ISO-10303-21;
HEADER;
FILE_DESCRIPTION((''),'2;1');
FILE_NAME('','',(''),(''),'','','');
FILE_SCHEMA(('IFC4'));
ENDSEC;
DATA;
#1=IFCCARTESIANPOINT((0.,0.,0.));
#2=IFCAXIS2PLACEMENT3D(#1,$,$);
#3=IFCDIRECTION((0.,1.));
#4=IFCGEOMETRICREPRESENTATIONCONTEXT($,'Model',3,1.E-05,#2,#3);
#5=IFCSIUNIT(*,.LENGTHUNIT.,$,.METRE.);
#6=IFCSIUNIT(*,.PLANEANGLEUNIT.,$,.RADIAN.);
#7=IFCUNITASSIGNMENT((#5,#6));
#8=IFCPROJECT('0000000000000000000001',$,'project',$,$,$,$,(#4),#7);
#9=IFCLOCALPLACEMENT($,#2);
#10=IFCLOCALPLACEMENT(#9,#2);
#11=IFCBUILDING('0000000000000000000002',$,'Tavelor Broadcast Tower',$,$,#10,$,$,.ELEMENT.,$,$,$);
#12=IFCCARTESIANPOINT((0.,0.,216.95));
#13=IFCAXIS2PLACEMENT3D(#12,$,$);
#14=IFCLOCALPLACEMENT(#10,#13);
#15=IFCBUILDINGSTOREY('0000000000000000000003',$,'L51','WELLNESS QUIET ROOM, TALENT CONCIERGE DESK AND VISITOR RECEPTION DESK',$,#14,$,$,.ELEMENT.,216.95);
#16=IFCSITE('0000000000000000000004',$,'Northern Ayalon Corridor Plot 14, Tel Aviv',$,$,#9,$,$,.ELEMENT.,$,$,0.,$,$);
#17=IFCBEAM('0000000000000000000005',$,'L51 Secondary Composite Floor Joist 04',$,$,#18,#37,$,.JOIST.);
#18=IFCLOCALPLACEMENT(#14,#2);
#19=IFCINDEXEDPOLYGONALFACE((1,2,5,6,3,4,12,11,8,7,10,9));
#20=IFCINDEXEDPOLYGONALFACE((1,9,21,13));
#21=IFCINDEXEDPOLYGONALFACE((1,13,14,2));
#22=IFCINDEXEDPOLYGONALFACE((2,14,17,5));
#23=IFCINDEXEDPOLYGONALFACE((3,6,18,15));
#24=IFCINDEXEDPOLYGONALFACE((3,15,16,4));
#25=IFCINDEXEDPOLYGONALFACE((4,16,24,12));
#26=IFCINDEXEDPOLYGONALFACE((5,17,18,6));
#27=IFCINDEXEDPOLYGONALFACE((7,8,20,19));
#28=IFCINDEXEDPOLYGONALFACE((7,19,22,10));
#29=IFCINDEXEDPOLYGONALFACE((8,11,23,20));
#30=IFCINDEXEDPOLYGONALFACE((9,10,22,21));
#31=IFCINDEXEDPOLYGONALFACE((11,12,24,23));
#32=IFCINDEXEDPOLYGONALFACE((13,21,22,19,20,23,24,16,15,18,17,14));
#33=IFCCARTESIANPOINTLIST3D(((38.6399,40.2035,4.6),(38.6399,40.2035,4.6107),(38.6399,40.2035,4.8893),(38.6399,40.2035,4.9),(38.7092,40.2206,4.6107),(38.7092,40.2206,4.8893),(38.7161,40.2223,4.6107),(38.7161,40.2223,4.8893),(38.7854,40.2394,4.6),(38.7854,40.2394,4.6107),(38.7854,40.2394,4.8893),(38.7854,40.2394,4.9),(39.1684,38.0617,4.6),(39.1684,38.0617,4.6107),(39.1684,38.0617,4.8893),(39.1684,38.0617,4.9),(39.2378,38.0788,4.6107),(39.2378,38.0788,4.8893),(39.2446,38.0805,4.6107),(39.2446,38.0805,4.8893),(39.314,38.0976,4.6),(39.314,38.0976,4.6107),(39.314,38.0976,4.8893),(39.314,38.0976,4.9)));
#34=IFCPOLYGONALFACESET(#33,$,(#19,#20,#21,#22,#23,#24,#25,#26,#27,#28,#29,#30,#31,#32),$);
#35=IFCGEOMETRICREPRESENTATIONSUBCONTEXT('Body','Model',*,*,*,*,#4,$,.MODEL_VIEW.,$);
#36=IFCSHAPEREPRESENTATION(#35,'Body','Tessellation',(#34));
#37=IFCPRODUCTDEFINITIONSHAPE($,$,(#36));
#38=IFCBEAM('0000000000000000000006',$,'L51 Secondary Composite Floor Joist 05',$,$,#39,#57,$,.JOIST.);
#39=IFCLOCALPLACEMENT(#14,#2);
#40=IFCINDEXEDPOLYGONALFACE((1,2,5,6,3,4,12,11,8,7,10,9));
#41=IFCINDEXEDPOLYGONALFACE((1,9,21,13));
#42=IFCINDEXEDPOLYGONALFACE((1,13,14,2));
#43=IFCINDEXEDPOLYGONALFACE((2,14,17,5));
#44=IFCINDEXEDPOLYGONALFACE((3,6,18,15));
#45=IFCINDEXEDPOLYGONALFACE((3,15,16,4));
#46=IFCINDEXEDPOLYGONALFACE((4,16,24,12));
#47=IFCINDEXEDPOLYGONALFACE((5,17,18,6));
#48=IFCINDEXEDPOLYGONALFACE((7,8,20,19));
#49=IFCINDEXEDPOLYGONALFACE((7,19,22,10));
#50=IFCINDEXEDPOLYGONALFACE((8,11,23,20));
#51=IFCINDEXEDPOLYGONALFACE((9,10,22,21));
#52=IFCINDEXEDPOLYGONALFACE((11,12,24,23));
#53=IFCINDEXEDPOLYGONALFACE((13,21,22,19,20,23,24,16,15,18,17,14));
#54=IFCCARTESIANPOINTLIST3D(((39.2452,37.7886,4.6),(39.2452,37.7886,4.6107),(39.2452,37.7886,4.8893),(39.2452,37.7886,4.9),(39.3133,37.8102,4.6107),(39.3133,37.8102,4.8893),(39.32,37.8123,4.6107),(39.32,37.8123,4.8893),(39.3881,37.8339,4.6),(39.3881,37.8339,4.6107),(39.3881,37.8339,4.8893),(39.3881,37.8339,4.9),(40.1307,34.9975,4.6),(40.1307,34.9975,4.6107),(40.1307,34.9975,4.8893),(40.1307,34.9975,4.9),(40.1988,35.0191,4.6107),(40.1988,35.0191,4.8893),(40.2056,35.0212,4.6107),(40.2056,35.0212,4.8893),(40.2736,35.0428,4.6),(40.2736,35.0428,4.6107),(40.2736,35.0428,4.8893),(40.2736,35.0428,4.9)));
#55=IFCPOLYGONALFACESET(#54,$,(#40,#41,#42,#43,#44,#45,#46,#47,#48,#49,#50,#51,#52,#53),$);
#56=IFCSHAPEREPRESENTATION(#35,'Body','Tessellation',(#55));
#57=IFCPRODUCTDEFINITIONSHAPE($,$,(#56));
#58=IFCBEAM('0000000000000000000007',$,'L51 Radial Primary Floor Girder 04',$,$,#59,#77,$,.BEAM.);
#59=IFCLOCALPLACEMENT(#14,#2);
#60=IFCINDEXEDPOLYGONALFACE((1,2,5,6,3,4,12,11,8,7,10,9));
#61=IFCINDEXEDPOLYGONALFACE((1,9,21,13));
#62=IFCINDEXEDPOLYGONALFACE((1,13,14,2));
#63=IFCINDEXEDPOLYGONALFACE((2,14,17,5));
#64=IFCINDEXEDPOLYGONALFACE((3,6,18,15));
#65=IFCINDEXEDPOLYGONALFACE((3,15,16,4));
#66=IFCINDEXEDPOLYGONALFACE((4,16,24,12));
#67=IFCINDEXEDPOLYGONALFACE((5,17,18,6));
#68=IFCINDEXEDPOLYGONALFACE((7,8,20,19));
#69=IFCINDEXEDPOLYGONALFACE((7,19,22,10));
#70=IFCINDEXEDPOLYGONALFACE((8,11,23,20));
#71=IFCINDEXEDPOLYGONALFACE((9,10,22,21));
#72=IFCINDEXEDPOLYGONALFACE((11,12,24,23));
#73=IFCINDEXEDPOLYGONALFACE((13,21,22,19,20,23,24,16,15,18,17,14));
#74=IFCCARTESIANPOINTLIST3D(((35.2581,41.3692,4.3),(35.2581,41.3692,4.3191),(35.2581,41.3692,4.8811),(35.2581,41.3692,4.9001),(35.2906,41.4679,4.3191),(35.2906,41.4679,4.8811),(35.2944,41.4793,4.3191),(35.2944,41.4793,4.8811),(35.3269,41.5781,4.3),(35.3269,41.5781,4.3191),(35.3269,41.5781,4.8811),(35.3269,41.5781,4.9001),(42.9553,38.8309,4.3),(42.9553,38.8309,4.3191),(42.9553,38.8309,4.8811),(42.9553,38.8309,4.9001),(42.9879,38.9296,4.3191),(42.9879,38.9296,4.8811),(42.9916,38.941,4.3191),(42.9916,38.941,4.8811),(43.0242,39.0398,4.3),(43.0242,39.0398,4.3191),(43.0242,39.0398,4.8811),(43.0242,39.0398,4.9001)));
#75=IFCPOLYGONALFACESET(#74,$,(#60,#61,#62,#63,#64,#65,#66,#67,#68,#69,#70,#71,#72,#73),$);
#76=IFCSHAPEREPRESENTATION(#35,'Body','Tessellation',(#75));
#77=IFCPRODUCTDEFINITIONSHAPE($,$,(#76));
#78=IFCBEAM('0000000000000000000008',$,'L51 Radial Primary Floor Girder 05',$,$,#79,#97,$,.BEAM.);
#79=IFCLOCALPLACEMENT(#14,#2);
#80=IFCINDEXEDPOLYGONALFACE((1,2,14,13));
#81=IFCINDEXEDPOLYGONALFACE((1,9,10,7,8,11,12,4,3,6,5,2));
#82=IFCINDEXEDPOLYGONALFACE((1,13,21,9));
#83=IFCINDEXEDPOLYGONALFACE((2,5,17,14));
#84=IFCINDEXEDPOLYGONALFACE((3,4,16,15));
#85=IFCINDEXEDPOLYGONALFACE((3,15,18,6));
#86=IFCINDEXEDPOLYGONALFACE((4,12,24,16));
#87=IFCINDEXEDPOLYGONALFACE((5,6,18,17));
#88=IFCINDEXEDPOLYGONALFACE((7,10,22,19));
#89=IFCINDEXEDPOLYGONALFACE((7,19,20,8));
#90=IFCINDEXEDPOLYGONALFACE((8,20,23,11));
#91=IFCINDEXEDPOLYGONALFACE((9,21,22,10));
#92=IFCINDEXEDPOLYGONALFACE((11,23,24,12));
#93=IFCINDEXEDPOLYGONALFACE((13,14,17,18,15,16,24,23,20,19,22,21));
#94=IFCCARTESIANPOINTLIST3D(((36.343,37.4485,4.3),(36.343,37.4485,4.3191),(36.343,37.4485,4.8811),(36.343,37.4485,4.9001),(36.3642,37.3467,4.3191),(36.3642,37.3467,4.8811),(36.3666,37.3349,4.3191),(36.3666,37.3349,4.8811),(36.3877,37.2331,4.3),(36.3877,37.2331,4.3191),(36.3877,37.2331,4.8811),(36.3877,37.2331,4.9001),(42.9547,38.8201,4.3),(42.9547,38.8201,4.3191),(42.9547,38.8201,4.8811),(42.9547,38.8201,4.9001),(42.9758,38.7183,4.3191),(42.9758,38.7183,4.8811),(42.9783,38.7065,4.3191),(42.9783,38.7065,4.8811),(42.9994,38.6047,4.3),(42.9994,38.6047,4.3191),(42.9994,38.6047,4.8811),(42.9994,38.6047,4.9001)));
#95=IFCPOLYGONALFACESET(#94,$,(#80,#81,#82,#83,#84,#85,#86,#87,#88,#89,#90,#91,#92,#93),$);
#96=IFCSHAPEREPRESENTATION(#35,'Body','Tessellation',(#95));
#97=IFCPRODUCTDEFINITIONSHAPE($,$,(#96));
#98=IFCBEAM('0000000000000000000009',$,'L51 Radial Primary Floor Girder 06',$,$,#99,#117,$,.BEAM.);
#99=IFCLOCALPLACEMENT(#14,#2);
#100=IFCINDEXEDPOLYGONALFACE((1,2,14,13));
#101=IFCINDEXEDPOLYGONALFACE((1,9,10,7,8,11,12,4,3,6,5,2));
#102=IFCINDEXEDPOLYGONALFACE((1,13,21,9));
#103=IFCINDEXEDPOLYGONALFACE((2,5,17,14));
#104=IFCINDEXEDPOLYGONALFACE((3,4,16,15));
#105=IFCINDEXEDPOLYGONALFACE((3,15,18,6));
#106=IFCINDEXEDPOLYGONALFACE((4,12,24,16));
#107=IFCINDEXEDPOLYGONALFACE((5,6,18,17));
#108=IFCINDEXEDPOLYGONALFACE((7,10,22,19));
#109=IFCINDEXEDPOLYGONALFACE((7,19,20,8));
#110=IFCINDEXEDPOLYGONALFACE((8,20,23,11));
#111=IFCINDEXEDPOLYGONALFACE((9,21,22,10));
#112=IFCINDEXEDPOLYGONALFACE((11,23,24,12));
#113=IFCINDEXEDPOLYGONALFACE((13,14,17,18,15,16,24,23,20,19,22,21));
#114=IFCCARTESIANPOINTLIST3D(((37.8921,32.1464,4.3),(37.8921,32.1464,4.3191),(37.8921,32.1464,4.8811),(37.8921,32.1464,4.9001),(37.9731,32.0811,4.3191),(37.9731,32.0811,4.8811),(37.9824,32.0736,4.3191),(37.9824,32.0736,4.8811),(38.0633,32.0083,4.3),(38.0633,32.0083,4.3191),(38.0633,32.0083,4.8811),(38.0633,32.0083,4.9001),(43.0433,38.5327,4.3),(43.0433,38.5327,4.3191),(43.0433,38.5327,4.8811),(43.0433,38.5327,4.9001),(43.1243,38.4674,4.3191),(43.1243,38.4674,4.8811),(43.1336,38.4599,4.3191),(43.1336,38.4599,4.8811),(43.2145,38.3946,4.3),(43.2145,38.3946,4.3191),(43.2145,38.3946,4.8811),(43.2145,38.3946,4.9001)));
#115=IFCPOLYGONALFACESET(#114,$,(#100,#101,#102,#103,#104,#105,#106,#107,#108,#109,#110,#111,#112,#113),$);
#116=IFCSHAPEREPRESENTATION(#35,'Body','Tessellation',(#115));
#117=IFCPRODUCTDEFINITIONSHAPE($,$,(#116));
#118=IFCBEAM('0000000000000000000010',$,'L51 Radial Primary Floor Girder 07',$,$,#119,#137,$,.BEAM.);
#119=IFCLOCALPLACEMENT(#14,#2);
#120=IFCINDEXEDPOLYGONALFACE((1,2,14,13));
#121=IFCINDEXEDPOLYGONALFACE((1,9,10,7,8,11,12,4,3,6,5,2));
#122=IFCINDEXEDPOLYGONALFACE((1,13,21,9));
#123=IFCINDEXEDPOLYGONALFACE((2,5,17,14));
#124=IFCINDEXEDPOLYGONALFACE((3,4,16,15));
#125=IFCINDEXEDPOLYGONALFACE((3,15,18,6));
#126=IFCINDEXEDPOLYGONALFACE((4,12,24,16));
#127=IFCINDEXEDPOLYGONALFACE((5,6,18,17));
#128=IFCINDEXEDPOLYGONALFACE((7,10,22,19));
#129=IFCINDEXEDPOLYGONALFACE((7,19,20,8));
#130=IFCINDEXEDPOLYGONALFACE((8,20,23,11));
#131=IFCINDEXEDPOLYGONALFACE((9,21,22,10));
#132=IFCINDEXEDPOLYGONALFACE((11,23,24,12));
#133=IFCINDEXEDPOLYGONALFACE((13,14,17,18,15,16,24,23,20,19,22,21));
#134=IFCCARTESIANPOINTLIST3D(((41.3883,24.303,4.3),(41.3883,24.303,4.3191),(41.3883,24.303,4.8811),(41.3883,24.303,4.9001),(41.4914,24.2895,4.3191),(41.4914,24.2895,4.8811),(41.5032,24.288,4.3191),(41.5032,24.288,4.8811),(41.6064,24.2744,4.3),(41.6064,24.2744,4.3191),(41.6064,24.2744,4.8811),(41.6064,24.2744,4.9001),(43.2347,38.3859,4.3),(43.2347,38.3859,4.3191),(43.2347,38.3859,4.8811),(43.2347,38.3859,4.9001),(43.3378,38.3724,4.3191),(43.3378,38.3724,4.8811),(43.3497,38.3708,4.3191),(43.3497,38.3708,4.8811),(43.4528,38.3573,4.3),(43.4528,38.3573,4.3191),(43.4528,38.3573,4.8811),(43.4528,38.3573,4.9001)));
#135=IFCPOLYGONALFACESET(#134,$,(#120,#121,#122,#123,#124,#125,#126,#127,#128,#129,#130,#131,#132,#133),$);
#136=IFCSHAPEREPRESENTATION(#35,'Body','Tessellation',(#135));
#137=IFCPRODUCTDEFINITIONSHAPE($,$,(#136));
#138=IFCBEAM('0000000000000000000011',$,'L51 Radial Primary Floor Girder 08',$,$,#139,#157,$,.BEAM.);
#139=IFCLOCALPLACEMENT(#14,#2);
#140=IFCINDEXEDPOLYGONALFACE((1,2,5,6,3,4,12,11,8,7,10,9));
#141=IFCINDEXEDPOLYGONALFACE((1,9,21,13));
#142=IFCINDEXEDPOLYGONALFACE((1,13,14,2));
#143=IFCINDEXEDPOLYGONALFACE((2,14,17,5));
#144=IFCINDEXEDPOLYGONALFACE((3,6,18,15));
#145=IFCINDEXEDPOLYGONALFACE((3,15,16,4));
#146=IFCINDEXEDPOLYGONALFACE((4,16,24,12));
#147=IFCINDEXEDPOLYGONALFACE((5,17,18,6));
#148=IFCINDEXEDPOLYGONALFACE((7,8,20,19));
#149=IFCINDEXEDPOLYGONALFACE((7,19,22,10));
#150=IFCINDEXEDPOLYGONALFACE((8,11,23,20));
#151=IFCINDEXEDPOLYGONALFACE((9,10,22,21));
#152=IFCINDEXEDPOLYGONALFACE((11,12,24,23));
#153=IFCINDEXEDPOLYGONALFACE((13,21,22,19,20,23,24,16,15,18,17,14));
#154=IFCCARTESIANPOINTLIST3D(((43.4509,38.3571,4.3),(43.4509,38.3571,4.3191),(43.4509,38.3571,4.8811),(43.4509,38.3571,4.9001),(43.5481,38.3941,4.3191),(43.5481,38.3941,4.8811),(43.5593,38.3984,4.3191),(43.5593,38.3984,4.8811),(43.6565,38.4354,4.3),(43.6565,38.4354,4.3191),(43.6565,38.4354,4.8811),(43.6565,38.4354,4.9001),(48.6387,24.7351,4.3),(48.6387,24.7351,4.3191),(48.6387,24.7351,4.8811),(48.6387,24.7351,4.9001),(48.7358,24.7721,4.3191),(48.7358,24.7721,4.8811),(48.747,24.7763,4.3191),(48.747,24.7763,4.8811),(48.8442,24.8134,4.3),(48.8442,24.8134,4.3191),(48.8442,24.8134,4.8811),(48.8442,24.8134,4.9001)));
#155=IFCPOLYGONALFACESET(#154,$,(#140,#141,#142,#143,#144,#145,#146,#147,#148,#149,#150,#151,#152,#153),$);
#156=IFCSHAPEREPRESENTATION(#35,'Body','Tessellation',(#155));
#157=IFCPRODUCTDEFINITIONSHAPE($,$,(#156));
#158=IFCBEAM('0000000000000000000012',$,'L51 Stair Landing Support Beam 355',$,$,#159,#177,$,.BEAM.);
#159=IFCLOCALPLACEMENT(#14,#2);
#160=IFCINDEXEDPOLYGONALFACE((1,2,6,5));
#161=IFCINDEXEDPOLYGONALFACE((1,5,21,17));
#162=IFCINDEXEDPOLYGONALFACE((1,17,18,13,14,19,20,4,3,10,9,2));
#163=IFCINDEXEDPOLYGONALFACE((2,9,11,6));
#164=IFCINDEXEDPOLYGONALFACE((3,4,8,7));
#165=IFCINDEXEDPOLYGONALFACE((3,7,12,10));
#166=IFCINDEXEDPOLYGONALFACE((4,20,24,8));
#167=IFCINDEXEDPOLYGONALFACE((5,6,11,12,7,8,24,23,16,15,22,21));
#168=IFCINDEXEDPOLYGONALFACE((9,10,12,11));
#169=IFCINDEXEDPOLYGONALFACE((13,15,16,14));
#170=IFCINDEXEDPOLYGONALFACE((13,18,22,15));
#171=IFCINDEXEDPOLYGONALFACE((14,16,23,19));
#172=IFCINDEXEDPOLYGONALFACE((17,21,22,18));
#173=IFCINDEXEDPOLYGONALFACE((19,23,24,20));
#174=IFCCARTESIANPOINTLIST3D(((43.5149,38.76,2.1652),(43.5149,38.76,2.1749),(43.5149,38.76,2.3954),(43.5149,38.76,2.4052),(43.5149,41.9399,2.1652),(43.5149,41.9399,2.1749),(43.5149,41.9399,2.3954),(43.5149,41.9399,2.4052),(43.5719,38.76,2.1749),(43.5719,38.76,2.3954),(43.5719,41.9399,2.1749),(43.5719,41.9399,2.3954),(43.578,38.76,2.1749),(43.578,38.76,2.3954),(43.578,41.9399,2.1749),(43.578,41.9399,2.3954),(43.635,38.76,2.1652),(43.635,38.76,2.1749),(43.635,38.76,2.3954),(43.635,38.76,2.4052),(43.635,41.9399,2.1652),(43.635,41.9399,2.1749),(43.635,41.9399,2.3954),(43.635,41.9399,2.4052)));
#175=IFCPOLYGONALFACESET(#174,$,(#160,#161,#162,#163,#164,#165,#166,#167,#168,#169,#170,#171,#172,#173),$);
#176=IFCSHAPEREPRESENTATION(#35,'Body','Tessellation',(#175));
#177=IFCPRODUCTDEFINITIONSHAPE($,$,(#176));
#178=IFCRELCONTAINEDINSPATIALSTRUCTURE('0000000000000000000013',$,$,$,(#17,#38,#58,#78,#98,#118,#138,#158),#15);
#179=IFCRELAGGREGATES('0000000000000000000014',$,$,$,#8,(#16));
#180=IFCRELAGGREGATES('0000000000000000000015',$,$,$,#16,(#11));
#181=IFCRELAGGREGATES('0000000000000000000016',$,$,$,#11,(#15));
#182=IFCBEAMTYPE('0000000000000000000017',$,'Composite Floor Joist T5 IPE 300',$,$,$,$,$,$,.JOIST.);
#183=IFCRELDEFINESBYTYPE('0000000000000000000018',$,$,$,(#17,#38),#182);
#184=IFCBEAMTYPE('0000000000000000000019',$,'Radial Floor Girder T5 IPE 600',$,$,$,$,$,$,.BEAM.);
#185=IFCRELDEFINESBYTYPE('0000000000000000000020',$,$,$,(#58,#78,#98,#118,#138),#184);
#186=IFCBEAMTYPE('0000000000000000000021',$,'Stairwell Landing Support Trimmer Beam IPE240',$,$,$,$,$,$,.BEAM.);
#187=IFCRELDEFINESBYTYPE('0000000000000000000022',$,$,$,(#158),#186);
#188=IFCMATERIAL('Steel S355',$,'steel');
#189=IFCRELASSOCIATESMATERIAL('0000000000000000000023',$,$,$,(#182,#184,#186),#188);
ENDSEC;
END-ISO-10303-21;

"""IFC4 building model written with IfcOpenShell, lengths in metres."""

from ifc_helpers import new_model, si_unit, direction, frame, origin, origin_2d, place, context, subcontext, project, spatial, i_section, extrude, material, material_profile, profile_set, type_object, element, save


model = new_model("IFC4")

# Units and contexts
model_context = context("Model", 3, precision=1e-05, world=origin(), true_north=direction((0.0, 1.0)))
body_context = subcontext(model_context, "Body", "Model", "MODEL_VIEW")
ifc_project = project(units=[si_unit("LENGTHUNIT", "METRE"), si_unit("PLANEANGLEUNIT", "RADIAN")], contexts=[model_context])

# Site, building, storey
site_placement = place(None, origin())
site = spatial("IfcSite", under=ifc_project, at=site_placement, Name="Northern Ayalon Corridor Plot 14, Tel Aviv", CompositionType="ELEMENT", RefElevation=0.0)
building_placement = place(site_placement, origin())
building = spatial("IfcBuilding", under=site, at=building_placement, Name="Tavelor Broadcast Tower", CompositionType="ELEMENT")
storey_placement = place(building_placement, frame((0.0, 0.0, 216.95)))
storey = spatial("IfcBuildingStorey", under=building, at=storey_placement, Name="L51", Description="WELLNESS QUIET ROOM, TALENT CONCIERGE DESK AND VISITOR RECEPTION DESK", CompositionType="ELEMENT", Elevation=216.95)

# Beams
ifc_material_1 = material(Name="Steel S355", Category="steel")
ifc_material_profile_1 = material_profile(ifc_material_1, i_section(OverallWidth=0.1499, OverallDepth=0.3, WebThickness=0.0071, FlangeThickness=0.0107, at=origin_2d()), Name="IPE 300")
ifc_profile_set_1 = profile_set([ifc_material_profile_1], Name="Steel S355")
beam_type_1 = type_object("IfcBeamType", Name="Composite Floor Joist T5 IPE 300", PredefinedType="JOIST", material=ifc_profile_set_1)
beam_1_placement = place(storey_placement, frame((38.7126, 40.2214, 4.75), z_axis=(0.239592, -0.970874, 0.0), x_axis=(0.970874, 0.239592, 0.0)))
element("IfcBeam", 1, at=beam_1_placement, inside=storey, type_object=beam_type_1, Name="L51 Secondary Composite Floor Joist 04", PredefinedType="JOIST", context=body_context, shape_type="SweptSolid", body=[
    extrude(i_section(OverallWidth=0.1499, OverallDepth=0.3, WebThickness=0.0071, FlangeThickness=0.0107, at=origin_2d()), origin(), (0.0, 0.0, 1.0), 2.2061),
])
beam_2_placement = place(storey_placement, frame((39.3167, 37.8113, 4.75), z_axis=(0.302412, -0.953177, 0.0), x_axis=(0.953177, 0.302412, 0.0)))
element("IfcBeam", 2, at=beam_2_placement, inside=storey, type_object=beam_type_1, Name="L51 Secondary Composite Floor Joist 05", PredefinedType="JOIST", context=body_context, shape_type="SweptSolid", body=[
    extrude(i_section(OverallWidth=0.1499, OverallDepth=0.3, WebThickness=0.0071, FlangeThickness=0.0107, at=origin_2d()), origin(), (0.0, 0.0, 1.0), 2.9282),
])
ifc_material_profile_2 = material_profile(ifc_material_1, i_section(OverallWidth=0.22, OverallDepth=0.6001, WebThickness=0.012, FlangeThickness=0.019, at=origin_2d()), Name="IPE 600")
ifc_profile_set_2 = profile_set([ifc_material_profile_2], Name="Steel S355")
beam_type_2 = type_object("IfcBeamType", Name="Radial Floor Girder T5 IPE 600", PredefinedType="BEAM", material=ifc_profile_set_2)
beam_3_placement = place(storey_placement, frame((42.9897, 38.9353, 4.6001), z_axis=(-0.949694, 0.313181, 0.0), x_axis=(-0.313181, -0.949694, 0.0)))
element("IfcBeam", 3, at=beam_3_placement, inside=storey, type_object=beam_type_2, Name="L51 Radial Primary Floor Girder 04", PredefinedType="BEAM", context=body_context, shape_type="SweptSolid", body=[
    extrude(i_section(OverallWidth=0.22, OverallDepth=0.6001, WebThickness=0.012, FlangeThickness=0.019, at=origin_2d()), origin(), (0.0, 0.0, 1.0), 8.105),
])
beam_4_placement = place(storey_placement, frame((42.9771, 38.7124, 4.6001), z_axis=(-0.979152, -0.203127, 0.0), x_axis=(0.203127, -0.979152, 0.0)))
element("IfcBeam", 4, at=beam_4_placement, inside=storey, type_object=beam_type_2, Name="L51 Radial Primary Floor Girder 05", PredefinedType="BEAM", context=body_context, shape_type="SweptSolid", body=[
    extrude(i_section(OverallWidth=0.22, OverallDepth=0.6001, WebThickness=0.012, FlangeThickness=0.019, at=origin_2d()), origin(), (0.0, 0.0, 1.0), 6.7524),
])
beam_5_placement = place(storey_placement, frame((43.1289, 38.4636, 4.6001), z_axis=(-0.627822, -0.778357, 0.0), x_axis=(0.778357, -0.627822, 0.0)))
element("IfcBeam", 5, at=beam_5_placement, inside=storey, type_object=beam_type_2, Name="L51 Radial Primary Floor Girder 06", PredefinedType="BEAM", context=body_context, shape_type="SweptSolid", body=[
    extrude(i_section(OverallWidth=0.22, OverallDepth=0.6001, WebThickness=0.012, FlangeThickness=0.019, at=origin_2d()), origin(), (0.0, 0.0, 1.0), 8.2048),
])
beam_6_placement = place(storey_placement, frame((43.3438, 38.3716, 4.6001), z_axis=(-0.130001, -0.991514, 0.0), x_axis=(0.991514, -0.130001, 0.0)))
element("IfcBeam", 6, at=beam_6_placement, inside=storey, type_object=beam_type_2, Name="L51 Radial Primary Floor Girder 07", PredefinedType="BEAM", context=body_context, shape_type="SweptSolid", body=[
    extrude(i_section(OverallWidth=0.22, OverallDepth=0.6001, WebThickness=0.012, FlangeThickness=0.019, at=origin_2d()), origin(), (0.0, 0.0, 1.0), 14.2034),
])
beam_7_placement = place(storey_placement, frame((43.5537, 38.3962, 4.6001), z_axis=(0.355899, -0.934525, 0.0), x_axis=(0.934525, 0.355899, 0.0)))
element("IfcBeam", 7, at=beam_7_placement, inside=storey, type_object=beam_type_2, Name="L51 Radial Primary Floor Girder 08", PredefinedType="BEAM", context=body_context, shape_type="SweptSolid", body=[
    extrude(i_section(OverallWidth=0.22, OverallDepth=0.6001, WebThickness=0.012, FlangeThickness=0.019, at=origin_2d()), origin(), (0.0, 0.0, 1.0), 14.5764),
])
ifc_material_profile_3 = material_profile(ifc_material_1, i_section(OverallWidth=0.1201, OverallDepth=0.24, WebThickness=0.0061, FlangeThickness=0.0098, at=origin_2d()), Name="IPE 240")
ifc_profile_set_3 = profile_set([ifc_material_profile_3], Name="Steel S355")
beam_type_3 = type_object("IfcBeamType", Name="Stairwell Landing Support Trimmer Beam IPE240", PredefinedType="BEAM", material=ifc_profile_set_3)
for number, where, z_axis, x_axis, name in (
    (8, (43.575, 38.76, 2.2852), (0.0, 1.0, 0.0), (-1.0, 0.0, 0.0), "L51 Stair Landing Support Beam 355"),
):
    element("IfcBeam", number, at=place(storey_placement, frame(where, z_axis=z_axis, x_axis=x_axis)), inside=storey, type_object=beam_type_3, Name=name, PredefinedType="BEAM", context=body_context, shape_type="SweptSolid", body=[
        extrude(i_section(OverallWidth=0.1201, OverallDepth=0.24, WebThickness=0.0061, FlangeThickness=0.0098, at=origin_2d()), origin(), (0.0, 0.0, 1.0), 3.1799),
    ])

save(model, "model.ifc")
